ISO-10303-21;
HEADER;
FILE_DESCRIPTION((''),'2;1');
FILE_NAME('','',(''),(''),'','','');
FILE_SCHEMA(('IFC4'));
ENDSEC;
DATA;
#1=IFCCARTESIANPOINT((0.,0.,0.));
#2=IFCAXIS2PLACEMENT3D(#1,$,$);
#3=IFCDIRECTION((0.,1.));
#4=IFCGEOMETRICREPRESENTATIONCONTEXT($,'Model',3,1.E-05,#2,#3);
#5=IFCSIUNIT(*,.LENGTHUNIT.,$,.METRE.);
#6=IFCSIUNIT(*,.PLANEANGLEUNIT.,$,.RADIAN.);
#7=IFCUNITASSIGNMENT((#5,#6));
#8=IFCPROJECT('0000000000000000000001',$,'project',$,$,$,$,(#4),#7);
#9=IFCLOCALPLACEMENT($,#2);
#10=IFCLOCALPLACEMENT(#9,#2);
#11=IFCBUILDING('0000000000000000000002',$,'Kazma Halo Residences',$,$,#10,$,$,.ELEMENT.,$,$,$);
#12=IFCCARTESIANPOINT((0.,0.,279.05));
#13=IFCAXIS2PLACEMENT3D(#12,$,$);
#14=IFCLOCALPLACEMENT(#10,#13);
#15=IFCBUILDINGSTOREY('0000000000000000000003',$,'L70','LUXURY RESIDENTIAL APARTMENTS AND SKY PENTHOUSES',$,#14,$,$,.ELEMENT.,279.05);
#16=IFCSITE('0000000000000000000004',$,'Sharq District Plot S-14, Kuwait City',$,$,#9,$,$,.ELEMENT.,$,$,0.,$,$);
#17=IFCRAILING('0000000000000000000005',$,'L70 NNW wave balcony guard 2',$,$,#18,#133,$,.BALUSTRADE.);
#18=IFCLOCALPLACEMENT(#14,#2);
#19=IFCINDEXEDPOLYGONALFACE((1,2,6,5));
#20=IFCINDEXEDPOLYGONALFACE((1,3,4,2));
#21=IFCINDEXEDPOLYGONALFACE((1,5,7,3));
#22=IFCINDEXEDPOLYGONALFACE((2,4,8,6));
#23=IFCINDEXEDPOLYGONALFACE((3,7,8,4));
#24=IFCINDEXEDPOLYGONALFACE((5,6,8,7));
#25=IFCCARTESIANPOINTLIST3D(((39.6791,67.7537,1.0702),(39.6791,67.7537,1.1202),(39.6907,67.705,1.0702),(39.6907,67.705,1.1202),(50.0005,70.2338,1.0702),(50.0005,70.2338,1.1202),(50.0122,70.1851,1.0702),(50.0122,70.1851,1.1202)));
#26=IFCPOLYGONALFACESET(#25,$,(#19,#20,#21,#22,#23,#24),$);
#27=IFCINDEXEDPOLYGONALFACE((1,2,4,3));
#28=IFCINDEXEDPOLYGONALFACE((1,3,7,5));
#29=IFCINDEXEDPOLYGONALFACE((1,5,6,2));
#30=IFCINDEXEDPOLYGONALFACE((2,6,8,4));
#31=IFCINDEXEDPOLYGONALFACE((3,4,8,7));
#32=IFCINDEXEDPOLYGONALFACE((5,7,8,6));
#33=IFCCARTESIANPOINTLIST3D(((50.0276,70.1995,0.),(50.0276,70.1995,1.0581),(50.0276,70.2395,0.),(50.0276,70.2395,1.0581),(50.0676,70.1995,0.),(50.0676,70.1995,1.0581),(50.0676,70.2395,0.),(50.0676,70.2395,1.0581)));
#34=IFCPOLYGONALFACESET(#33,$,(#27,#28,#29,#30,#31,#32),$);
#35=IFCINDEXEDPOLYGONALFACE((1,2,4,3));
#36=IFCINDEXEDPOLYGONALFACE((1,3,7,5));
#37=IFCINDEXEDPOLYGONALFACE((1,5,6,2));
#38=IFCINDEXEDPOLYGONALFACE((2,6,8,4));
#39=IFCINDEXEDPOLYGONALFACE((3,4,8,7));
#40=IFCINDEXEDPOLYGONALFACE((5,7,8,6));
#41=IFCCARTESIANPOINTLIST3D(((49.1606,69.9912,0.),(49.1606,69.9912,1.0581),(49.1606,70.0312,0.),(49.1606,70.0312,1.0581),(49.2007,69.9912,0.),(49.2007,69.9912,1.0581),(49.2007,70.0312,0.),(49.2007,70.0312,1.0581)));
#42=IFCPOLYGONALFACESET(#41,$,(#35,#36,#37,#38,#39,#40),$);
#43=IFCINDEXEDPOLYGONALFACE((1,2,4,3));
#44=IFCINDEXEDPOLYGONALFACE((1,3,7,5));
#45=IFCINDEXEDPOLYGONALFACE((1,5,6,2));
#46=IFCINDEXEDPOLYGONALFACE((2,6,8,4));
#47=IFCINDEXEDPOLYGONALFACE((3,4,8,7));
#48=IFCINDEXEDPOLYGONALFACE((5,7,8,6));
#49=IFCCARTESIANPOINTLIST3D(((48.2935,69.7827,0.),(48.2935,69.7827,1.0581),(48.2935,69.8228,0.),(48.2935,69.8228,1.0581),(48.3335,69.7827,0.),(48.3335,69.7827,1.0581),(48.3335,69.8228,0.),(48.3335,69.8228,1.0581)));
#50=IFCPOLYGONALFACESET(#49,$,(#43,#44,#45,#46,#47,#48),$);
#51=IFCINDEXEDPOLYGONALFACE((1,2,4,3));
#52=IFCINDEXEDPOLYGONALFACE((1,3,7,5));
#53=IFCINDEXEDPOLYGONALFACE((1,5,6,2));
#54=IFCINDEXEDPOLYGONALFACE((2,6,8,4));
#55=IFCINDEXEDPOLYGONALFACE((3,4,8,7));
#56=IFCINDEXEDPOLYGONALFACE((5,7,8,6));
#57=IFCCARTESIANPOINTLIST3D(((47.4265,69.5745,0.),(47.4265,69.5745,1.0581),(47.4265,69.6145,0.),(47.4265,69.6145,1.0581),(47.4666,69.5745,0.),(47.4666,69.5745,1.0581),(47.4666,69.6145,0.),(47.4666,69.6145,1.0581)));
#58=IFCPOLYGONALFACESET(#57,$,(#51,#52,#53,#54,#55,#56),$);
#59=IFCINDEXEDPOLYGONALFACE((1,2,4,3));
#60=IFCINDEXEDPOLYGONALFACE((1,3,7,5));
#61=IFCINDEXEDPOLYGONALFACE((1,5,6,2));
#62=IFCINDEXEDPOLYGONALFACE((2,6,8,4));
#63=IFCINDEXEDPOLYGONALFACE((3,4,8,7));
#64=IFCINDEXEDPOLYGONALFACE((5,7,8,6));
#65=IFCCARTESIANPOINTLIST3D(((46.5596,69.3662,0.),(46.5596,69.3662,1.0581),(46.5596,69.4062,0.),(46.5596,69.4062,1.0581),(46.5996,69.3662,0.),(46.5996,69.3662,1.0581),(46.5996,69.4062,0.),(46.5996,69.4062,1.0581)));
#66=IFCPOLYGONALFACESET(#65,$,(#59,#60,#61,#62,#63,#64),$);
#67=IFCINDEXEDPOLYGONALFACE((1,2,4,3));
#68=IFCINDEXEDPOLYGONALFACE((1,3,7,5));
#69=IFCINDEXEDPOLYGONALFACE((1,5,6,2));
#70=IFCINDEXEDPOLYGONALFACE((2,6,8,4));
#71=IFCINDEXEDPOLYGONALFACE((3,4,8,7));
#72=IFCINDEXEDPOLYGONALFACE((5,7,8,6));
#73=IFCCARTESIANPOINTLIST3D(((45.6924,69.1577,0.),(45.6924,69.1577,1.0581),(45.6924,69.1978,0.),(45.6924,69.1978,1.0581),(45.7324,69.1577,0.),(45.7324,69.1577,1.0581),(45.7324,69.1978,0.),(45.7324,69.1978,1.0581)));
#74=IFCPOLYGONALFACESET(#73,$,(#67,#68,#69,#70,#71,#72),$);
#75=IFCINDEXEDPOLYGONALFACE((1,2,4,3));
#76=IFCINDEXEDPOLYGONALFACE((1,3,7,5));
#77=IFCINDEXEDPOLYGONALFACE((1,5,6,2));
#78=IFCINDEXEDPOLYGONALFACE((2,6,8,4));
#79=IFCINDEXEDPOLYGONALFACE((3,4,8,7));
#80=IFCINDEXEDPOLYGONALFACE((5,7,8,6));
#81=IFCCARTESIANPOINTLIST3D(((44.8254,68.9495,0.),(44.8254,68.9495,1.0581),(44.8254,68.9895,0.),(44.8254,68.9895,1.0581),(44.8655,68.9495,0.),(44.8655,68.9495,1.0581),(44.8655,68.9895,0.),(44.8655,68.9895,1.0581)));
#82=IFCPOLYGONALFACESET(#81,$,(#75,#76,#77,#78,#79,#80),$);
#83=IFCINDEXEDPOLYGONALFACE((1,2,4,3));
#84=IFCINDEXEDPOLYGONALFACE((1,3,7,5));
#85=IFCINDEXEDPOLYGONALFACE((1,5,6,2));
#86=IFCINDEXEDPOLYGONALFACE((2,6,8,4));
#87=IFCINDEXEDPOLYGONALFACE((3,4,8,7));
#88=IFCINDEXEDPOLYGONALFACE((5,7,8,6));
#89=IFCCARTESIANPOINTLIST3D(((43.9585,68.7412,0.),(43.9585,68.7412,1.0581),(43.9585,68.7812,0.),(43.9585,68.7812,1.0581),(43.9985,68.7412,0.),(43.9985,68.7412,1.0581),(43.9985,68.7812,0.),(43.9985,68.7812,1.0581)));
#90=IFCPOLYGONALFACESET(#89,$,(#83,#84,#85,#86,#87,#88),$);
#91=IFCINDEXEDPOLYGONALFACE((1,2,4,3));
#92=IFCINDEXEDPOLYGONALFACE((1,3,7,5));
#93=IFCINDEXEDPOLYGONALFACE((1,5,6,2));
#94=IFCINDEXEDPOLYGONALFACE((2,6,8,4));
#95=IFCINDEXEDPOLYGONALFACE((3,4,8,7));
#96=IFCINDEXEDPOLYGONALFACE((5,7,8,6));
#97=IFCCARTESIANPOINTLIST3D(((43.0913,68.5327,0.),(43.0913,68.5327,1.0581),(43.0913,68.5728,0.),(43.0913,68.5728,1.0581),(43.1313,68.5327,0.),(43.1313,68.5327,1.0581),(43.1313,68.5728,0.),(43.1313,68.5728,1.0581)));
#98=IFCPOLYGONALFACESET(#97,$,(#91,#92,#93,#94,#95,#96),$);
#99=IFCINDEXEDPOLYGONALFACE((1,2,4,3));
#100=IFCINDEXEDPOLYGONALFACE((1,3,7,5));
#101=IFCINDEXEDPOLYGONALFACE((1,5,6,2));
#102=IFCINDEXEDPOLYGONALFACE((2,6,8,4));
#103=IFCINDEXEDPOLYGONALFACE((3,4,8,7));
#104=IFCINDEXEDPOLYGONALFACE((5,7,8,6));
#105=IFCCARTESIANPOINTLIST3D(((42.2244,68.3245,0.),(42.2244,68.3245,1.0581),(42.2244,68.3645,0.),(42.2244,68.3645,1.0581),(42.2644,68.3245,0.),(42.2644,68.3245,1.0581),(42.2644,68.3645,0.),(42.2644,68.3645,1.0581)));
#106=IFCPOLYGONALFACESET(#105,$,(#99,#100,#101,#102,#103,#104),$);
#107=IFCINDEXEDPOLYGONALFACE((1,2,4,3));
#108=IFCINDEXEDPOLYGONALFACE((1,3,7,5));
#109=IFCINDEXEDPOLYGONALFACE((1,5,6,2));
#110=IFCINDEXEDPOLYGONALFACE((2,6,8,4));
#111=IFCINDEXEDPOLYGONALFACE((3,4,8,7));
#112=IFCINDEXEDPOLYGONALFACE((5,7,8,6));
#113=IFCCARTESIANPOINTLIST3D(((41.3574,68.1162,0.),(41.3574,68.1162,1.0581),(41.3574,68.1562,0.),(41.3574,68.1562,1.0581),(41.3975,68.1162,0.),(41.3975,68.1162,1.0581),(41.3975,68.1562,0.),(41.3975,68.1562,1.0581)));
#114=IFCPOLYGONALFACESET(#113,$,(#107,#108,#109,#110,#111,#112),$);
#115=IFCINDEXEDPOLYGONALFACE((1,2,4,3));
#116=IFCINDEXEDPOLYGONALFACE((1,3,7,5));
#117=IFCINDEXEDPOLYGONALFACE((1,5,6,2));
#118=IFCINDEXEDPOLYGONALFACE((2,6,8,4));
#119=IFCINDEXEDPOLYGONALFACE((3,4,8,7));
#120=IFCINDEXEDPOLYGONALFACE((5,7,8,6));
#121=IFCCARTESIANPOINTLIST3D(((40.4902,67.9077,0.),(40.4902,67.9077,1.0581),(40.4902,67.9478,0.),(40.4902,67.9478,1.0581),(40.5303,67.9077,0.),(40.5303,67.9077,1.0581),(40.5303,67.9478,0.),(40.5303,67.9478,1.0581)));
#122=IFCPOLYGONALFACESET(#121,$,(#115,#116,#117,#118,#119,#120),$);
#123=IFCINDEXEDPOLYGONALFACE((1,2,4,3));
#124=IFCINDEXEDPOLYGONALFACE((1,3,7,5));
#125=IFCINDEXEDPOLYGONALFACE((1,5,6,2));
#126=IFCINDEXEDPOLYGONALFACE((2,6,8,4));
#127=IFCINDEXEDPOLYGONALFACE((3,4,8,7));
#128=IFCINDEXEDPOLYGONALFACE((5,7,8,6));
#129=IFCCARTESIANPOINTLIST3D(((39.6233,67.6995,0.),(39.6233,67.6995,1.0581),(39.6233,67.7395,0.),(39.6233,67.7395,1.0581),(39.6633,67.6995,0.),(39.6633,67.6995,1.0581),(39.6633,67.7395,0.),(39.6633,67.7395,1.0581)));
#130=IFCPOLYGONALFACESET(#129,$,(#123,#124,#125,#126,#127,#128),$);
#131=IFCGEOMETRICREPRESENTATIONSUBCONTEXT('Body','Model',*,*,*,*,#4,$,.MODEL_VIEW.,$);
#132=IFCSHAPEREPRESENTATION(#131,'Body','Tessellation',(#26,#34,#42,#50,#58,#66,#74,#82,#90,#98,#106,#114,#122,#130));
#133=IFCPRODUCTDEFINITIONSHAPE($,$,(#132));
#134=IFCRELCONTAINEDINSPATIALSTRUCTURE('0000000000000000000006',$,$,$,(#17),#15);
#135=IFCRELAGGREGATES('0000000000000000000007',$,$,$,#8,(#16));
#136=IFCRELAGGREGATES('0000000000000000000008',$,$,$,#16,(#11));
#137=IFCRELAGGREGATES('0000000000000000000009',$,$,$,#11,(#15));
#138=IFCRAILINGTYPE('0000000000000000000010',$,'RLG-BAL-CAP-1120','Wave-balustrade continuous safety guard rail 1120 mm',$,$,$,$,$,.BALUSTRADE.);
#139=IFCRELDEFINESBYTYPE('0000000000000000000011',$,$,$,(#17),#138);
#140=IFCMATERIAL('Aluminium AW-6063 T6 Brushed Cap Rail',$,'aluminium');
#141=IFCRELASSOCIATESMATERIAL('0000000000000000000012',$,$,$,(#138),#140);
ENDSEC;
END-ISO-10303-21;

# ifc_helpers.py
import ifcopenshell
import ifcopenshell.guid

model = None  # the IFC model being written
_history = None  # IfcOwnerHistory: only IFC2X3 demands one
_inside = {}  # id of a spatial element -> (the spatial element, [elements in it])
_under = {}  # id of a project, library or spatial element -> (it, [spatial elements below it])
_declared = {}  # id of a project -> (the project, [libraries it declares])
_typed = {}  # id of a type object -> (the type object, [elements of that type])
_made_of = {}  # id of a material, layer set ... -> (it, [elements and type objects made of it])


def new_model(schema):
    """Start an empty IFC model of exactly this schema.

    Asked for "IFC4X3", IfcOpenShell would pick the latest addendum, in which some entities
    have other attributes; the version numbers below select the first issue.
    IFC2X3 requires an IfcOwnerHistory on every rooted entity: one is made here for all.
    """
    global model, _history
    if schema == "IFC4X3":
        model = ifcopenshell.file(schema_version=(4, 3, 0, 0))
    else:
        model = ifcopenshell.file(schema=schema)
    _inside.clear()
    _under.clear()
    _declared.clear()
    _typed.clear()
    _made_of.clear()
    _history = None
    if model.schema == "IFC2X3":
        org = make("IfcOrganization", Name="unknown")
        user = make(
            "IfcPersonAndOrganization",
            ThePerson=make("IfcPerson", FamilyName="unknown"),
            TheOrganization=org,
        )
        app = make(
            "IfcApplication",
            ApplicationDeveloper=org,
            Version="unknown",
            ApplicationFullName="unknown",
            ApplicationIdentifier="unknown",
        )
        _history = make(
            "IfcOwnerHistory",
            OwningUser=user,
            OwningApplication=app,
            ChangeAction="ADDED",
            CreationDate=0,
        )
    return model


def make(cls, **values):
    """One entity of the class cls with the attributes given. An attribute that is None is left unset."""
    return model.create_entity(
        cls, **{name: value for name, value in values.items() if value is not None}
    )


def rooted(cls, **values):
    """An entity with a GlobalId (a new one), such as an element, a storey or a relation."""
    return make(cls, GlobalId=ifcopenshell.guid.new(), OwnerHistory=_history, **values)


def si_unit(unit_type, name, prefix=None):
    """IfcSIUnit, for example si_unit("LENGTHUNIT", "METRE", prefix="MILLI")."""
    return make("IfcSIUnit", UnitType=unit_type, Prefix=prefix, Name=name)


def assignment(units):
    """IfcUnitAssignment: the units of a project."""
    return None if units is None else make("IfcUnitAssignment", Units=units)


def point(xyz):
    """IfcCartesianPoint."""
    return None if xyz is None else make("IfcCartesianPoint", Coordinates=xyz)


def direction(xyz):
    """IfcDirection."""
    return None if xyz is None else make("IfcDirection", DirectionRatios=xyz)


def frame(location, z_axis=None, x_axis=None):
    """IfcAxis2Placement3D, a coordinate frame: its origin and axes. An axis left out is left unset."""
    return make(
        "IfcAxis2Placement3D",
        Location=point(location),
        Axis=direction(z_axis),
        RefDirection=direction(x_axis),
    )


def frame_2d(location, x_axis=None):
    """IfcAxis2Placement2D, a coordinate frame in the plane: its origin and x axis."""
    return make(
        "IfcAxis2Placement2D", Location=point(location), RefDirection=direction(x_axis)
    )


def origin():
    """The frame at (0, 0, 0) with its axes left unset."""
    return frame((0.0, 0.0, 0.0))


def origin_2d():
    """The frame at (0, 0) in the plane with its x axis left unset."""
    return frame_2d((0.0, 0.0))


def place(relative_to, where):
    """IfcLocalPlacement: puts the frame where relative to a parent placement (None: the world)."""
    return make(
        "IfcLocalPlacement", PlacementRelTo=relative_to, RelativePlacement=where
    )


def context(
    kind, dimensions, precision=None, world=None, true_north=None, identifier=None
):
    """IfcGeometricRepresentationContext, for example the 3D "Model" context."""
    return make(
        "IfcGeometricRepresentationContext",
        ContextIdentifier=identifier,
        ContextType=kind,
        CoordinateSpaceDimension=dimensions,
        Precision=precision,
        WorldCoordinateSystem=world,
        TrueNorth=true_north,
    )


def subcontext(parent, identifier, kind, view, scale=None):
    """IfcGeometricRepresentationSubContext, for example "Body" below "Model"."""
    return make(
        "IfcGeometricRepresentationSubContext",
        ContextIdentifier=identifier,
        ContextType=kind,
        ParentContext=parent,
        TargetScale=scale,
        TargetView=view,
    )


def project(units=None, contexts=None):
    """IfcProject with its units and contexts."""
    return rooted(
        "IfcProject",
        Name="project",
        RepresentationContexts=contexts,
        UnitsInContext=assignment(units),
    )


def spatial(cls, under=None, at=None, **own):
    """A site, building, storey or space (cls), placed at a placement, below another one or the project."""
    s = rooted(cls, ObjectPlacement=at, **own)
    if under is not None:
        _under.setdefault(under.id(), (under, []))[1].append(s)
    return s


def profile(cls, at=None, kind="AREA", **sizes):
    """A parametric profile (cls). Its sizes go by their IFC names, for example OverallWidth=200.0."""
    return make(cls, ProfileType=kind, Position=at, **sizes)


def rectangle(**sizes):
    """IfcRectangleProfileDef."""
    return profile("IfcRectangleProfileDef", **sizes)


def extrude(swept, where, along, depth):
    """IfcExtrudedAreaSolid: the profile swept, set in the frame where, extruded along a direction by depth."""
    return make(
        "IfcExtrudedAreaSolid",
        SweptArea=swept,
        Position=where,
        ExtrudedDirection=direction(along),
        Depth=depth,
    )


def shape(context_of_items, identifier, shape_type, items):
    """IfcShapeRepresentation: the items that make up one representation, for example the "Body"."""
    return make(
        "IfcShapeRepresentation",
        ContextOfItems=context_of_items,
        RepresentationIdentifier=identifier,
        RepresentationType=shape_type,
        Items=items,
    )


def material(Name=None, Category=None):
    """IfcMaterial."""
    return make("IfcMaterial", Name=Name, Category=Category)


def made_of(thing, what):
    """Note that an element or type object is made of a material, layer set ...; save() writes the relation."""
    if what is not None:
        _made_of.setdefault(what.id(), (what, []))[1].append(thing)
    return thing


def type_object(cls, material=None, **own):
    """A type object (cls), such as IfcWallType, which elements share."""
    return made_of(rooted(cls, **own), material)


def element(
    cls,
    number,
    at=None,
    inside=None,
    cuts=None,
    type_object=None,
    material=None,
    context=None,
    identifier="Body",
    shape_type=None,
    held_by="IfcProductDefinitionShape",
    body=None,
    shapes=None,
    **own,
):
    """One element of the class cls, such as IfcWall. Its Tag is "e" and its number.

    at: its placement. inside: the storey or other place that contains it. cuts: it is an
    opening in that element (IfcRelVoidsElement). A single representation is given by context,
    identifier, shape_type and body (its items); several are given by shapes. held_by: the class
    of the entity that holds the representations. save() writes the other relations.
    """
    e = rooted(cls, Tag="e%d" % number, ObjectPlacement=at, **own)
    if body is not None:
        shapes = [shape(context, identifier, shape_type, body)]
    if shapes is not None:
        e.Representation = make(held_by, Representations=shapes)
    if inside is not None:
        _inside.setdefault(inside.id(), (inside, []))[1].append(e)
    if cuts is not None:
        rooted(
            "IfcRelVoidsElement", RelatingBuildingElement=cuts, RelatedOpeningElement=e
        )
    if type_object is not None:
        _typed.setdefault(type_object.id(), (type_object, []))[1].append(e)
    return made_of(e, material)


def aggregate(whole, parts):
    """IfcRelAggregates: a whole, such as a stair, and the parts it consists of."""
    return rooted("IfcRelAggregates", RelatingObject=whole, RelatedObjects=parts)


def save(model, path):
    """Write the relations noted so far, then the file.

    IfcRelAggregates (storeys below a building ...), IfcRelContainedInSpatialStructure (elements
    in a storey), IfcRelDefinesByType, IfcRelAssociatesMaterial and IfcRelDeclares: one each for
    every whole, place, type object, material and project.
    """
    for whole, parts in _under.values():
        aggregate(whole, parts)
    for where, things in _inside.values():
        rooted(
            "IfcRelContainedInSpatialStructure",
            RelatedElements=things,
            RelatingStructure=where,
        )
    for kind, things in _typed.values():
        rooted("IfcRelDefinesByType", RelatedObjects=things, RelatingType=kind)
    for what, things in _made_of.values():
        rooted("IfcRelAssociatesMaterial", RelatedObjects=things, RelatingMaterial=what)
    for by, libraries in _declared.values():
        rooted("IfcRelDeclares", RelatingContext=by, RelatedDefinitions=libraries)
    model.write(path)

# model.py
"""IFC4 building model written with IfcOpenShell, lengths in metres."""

from ifc_helpers import new_model, si_unit, direction, frame, origin, origin_2d, place, context, subcontext, project, spatial, rectangle, extrude, material, type_object, element, save


model = new_model("IFC4")

# Units and contexts
model_context = context("Model", 3, precision=1e-05, world=origin(), true_north=direction((0.0, 1.0)))
body_context = subcontext(model_context, "Body", "Model", "MODEL_VIEW")
ifc_project = project(units=[si_unit("LENGTHUNIT", "METRE"), si_unit("PLANEANGLEUNIT", "RADIAN")], contexts=[model_context])

# Site, building, storey
site_placement = place(None, origin())
site = spatial("IfcSite", under=ifc_project, at=site_placement, Name="Sharq District Plot S-14, Kuwait City", CompositionType="ELEMENT", RefElevation=0.0)
building_placement = place(site_placement, origin())
building = spatial("IfcBuilding", under=site, at=building_placement, Name="Kazma Halo Residences", CompositionType="ELEMENT")
storey_placement = place(building_placement, frame((0.0, 0.0, 279.05)))
storey = spatial("IfcBuildingStorey", under=building, at=storey_placement, Name="L70", Description="LUXURY RESIDENTIAL APARTMENTS AND SKY PENTHOUSES", CompositionType="ELEMENT", Elevation=279.05)

# Railing
ifc_material_1 = material(Name="Aluminium AW-6063 T6 Brushed Cap Rail", Category="aluminium")
railing_type = type_object("IfcRailingType", Name="RLG-BAL-CAP-1120", Description="Wave-balustrade continuous safety guard rail 1120 mm", PredefinedType="BALUSTRADE", material=ifc_material_1)
railing_1_placement = place(storey_placement, frame((50.0476, 70.2195, 0.0)))
element("IfcRailing", 1, at=railing_1_placement, inside=storey, type_object=railing_type, Name="L70 NNW wave balcony guard 2", PredefinedType="BALUSTRADE", context=body_context, shape_type="SweptSolid", body=[
    extrude(rectangle(XDim=0.05, YDim=0.05, at=origin_2d()), frame((-0.0413, -0.01, 1.0952), z_axis=(-0.972324, -0.233635, 0.0), x_axis=(0.233635, -0.972324, 0.0)), (0.0, 0.0, 1.0), 10.6152),
    extrude(rectangle(XDim=0.04, YDim=0.04, at=origin_2d()), origin(), (0.0, 0.0, 1.0), 1.0581),
    extrude(rectangle(XDim=0.04, YDim=0.04, at=origin_2d()), frame((-0.8669, -0.2083, 0.0)), (0.0, 0.0, 1.0), 1.0581),
    extrude(rectangle(XDim=0.04, YDim=0.04, at=origin_2d()), frame((-1.7341, -0.4167, 0.0)), (0.0, 0.0, 1.0), 1.0581),
    extrude(rectangle(XDim=0.04, YDim=0.04, at=origin_2d()), frame((-2.6011, -0.625, 0.0)), (0.0, 0.0, 1.0), 1.0581),
    extrude(rectangle(XDim=0.04, YDim=0.04, at=origin_2d()), frame((-3.468, -0.8333, 0.0)), (0.0, 0.0, 1.0), 1.0581),
    extrude(rectangle(XDim=0.04, YDim=0.04, at=origin_2d()), frame((-4.3352, -1.0417, 0.0)), (0.0, 0.0, 1.0), 1.0581),
    extrude(rectangle(XDim=0.04, YDim=0.04, at=origin_2d()), frame((-5.2021, -1.25, 0.0)), (0.0, 0.0, 1.0), 1.0581),
    extrude(rectangle(XDim=0.04, YDim=0.04, at=origin_2d()), frame((-6.0691, -1.4583, 0.0)), (0.0, 0.0, 1.0), 1.0581),
    extrude(rectangle(XDim=0.04, YDim=0.04, at=origin_2d()), frame((-6.9363, -1.6667, 0.0)), (0.0, 0.0, 1.0), 1.0581),
    extrude(rectangle(XDim=0.04, YDim=0.04, at=origin_2d()), frame((-7.8032, -1.875, 0.0)), (0.0, 0.0, 1.0), 1.0581),
    extrude(rectangle(XDim=0.04, YDim=0.04, at=origin_2d()), frame((-8.6702, -2.0833, 0.0)), (0.0, 0.0, 1.0), 1.0581),
    extrude(rectangle(XDim=0.04, YDim=0.04, at=origin_2d()), frame((-9.5374, -2.2917, 0.0)), (0.0, 0.0, 1.0), 1.0581),
    extrude(rectangle(XDim=0.04, YDim=0.04, at=origin_2d()), frame((-10.4043, -2.5, 0.0)), (0.0, 0.0, 1.0), 1.0581),
])

save(model, "model.ifc")
